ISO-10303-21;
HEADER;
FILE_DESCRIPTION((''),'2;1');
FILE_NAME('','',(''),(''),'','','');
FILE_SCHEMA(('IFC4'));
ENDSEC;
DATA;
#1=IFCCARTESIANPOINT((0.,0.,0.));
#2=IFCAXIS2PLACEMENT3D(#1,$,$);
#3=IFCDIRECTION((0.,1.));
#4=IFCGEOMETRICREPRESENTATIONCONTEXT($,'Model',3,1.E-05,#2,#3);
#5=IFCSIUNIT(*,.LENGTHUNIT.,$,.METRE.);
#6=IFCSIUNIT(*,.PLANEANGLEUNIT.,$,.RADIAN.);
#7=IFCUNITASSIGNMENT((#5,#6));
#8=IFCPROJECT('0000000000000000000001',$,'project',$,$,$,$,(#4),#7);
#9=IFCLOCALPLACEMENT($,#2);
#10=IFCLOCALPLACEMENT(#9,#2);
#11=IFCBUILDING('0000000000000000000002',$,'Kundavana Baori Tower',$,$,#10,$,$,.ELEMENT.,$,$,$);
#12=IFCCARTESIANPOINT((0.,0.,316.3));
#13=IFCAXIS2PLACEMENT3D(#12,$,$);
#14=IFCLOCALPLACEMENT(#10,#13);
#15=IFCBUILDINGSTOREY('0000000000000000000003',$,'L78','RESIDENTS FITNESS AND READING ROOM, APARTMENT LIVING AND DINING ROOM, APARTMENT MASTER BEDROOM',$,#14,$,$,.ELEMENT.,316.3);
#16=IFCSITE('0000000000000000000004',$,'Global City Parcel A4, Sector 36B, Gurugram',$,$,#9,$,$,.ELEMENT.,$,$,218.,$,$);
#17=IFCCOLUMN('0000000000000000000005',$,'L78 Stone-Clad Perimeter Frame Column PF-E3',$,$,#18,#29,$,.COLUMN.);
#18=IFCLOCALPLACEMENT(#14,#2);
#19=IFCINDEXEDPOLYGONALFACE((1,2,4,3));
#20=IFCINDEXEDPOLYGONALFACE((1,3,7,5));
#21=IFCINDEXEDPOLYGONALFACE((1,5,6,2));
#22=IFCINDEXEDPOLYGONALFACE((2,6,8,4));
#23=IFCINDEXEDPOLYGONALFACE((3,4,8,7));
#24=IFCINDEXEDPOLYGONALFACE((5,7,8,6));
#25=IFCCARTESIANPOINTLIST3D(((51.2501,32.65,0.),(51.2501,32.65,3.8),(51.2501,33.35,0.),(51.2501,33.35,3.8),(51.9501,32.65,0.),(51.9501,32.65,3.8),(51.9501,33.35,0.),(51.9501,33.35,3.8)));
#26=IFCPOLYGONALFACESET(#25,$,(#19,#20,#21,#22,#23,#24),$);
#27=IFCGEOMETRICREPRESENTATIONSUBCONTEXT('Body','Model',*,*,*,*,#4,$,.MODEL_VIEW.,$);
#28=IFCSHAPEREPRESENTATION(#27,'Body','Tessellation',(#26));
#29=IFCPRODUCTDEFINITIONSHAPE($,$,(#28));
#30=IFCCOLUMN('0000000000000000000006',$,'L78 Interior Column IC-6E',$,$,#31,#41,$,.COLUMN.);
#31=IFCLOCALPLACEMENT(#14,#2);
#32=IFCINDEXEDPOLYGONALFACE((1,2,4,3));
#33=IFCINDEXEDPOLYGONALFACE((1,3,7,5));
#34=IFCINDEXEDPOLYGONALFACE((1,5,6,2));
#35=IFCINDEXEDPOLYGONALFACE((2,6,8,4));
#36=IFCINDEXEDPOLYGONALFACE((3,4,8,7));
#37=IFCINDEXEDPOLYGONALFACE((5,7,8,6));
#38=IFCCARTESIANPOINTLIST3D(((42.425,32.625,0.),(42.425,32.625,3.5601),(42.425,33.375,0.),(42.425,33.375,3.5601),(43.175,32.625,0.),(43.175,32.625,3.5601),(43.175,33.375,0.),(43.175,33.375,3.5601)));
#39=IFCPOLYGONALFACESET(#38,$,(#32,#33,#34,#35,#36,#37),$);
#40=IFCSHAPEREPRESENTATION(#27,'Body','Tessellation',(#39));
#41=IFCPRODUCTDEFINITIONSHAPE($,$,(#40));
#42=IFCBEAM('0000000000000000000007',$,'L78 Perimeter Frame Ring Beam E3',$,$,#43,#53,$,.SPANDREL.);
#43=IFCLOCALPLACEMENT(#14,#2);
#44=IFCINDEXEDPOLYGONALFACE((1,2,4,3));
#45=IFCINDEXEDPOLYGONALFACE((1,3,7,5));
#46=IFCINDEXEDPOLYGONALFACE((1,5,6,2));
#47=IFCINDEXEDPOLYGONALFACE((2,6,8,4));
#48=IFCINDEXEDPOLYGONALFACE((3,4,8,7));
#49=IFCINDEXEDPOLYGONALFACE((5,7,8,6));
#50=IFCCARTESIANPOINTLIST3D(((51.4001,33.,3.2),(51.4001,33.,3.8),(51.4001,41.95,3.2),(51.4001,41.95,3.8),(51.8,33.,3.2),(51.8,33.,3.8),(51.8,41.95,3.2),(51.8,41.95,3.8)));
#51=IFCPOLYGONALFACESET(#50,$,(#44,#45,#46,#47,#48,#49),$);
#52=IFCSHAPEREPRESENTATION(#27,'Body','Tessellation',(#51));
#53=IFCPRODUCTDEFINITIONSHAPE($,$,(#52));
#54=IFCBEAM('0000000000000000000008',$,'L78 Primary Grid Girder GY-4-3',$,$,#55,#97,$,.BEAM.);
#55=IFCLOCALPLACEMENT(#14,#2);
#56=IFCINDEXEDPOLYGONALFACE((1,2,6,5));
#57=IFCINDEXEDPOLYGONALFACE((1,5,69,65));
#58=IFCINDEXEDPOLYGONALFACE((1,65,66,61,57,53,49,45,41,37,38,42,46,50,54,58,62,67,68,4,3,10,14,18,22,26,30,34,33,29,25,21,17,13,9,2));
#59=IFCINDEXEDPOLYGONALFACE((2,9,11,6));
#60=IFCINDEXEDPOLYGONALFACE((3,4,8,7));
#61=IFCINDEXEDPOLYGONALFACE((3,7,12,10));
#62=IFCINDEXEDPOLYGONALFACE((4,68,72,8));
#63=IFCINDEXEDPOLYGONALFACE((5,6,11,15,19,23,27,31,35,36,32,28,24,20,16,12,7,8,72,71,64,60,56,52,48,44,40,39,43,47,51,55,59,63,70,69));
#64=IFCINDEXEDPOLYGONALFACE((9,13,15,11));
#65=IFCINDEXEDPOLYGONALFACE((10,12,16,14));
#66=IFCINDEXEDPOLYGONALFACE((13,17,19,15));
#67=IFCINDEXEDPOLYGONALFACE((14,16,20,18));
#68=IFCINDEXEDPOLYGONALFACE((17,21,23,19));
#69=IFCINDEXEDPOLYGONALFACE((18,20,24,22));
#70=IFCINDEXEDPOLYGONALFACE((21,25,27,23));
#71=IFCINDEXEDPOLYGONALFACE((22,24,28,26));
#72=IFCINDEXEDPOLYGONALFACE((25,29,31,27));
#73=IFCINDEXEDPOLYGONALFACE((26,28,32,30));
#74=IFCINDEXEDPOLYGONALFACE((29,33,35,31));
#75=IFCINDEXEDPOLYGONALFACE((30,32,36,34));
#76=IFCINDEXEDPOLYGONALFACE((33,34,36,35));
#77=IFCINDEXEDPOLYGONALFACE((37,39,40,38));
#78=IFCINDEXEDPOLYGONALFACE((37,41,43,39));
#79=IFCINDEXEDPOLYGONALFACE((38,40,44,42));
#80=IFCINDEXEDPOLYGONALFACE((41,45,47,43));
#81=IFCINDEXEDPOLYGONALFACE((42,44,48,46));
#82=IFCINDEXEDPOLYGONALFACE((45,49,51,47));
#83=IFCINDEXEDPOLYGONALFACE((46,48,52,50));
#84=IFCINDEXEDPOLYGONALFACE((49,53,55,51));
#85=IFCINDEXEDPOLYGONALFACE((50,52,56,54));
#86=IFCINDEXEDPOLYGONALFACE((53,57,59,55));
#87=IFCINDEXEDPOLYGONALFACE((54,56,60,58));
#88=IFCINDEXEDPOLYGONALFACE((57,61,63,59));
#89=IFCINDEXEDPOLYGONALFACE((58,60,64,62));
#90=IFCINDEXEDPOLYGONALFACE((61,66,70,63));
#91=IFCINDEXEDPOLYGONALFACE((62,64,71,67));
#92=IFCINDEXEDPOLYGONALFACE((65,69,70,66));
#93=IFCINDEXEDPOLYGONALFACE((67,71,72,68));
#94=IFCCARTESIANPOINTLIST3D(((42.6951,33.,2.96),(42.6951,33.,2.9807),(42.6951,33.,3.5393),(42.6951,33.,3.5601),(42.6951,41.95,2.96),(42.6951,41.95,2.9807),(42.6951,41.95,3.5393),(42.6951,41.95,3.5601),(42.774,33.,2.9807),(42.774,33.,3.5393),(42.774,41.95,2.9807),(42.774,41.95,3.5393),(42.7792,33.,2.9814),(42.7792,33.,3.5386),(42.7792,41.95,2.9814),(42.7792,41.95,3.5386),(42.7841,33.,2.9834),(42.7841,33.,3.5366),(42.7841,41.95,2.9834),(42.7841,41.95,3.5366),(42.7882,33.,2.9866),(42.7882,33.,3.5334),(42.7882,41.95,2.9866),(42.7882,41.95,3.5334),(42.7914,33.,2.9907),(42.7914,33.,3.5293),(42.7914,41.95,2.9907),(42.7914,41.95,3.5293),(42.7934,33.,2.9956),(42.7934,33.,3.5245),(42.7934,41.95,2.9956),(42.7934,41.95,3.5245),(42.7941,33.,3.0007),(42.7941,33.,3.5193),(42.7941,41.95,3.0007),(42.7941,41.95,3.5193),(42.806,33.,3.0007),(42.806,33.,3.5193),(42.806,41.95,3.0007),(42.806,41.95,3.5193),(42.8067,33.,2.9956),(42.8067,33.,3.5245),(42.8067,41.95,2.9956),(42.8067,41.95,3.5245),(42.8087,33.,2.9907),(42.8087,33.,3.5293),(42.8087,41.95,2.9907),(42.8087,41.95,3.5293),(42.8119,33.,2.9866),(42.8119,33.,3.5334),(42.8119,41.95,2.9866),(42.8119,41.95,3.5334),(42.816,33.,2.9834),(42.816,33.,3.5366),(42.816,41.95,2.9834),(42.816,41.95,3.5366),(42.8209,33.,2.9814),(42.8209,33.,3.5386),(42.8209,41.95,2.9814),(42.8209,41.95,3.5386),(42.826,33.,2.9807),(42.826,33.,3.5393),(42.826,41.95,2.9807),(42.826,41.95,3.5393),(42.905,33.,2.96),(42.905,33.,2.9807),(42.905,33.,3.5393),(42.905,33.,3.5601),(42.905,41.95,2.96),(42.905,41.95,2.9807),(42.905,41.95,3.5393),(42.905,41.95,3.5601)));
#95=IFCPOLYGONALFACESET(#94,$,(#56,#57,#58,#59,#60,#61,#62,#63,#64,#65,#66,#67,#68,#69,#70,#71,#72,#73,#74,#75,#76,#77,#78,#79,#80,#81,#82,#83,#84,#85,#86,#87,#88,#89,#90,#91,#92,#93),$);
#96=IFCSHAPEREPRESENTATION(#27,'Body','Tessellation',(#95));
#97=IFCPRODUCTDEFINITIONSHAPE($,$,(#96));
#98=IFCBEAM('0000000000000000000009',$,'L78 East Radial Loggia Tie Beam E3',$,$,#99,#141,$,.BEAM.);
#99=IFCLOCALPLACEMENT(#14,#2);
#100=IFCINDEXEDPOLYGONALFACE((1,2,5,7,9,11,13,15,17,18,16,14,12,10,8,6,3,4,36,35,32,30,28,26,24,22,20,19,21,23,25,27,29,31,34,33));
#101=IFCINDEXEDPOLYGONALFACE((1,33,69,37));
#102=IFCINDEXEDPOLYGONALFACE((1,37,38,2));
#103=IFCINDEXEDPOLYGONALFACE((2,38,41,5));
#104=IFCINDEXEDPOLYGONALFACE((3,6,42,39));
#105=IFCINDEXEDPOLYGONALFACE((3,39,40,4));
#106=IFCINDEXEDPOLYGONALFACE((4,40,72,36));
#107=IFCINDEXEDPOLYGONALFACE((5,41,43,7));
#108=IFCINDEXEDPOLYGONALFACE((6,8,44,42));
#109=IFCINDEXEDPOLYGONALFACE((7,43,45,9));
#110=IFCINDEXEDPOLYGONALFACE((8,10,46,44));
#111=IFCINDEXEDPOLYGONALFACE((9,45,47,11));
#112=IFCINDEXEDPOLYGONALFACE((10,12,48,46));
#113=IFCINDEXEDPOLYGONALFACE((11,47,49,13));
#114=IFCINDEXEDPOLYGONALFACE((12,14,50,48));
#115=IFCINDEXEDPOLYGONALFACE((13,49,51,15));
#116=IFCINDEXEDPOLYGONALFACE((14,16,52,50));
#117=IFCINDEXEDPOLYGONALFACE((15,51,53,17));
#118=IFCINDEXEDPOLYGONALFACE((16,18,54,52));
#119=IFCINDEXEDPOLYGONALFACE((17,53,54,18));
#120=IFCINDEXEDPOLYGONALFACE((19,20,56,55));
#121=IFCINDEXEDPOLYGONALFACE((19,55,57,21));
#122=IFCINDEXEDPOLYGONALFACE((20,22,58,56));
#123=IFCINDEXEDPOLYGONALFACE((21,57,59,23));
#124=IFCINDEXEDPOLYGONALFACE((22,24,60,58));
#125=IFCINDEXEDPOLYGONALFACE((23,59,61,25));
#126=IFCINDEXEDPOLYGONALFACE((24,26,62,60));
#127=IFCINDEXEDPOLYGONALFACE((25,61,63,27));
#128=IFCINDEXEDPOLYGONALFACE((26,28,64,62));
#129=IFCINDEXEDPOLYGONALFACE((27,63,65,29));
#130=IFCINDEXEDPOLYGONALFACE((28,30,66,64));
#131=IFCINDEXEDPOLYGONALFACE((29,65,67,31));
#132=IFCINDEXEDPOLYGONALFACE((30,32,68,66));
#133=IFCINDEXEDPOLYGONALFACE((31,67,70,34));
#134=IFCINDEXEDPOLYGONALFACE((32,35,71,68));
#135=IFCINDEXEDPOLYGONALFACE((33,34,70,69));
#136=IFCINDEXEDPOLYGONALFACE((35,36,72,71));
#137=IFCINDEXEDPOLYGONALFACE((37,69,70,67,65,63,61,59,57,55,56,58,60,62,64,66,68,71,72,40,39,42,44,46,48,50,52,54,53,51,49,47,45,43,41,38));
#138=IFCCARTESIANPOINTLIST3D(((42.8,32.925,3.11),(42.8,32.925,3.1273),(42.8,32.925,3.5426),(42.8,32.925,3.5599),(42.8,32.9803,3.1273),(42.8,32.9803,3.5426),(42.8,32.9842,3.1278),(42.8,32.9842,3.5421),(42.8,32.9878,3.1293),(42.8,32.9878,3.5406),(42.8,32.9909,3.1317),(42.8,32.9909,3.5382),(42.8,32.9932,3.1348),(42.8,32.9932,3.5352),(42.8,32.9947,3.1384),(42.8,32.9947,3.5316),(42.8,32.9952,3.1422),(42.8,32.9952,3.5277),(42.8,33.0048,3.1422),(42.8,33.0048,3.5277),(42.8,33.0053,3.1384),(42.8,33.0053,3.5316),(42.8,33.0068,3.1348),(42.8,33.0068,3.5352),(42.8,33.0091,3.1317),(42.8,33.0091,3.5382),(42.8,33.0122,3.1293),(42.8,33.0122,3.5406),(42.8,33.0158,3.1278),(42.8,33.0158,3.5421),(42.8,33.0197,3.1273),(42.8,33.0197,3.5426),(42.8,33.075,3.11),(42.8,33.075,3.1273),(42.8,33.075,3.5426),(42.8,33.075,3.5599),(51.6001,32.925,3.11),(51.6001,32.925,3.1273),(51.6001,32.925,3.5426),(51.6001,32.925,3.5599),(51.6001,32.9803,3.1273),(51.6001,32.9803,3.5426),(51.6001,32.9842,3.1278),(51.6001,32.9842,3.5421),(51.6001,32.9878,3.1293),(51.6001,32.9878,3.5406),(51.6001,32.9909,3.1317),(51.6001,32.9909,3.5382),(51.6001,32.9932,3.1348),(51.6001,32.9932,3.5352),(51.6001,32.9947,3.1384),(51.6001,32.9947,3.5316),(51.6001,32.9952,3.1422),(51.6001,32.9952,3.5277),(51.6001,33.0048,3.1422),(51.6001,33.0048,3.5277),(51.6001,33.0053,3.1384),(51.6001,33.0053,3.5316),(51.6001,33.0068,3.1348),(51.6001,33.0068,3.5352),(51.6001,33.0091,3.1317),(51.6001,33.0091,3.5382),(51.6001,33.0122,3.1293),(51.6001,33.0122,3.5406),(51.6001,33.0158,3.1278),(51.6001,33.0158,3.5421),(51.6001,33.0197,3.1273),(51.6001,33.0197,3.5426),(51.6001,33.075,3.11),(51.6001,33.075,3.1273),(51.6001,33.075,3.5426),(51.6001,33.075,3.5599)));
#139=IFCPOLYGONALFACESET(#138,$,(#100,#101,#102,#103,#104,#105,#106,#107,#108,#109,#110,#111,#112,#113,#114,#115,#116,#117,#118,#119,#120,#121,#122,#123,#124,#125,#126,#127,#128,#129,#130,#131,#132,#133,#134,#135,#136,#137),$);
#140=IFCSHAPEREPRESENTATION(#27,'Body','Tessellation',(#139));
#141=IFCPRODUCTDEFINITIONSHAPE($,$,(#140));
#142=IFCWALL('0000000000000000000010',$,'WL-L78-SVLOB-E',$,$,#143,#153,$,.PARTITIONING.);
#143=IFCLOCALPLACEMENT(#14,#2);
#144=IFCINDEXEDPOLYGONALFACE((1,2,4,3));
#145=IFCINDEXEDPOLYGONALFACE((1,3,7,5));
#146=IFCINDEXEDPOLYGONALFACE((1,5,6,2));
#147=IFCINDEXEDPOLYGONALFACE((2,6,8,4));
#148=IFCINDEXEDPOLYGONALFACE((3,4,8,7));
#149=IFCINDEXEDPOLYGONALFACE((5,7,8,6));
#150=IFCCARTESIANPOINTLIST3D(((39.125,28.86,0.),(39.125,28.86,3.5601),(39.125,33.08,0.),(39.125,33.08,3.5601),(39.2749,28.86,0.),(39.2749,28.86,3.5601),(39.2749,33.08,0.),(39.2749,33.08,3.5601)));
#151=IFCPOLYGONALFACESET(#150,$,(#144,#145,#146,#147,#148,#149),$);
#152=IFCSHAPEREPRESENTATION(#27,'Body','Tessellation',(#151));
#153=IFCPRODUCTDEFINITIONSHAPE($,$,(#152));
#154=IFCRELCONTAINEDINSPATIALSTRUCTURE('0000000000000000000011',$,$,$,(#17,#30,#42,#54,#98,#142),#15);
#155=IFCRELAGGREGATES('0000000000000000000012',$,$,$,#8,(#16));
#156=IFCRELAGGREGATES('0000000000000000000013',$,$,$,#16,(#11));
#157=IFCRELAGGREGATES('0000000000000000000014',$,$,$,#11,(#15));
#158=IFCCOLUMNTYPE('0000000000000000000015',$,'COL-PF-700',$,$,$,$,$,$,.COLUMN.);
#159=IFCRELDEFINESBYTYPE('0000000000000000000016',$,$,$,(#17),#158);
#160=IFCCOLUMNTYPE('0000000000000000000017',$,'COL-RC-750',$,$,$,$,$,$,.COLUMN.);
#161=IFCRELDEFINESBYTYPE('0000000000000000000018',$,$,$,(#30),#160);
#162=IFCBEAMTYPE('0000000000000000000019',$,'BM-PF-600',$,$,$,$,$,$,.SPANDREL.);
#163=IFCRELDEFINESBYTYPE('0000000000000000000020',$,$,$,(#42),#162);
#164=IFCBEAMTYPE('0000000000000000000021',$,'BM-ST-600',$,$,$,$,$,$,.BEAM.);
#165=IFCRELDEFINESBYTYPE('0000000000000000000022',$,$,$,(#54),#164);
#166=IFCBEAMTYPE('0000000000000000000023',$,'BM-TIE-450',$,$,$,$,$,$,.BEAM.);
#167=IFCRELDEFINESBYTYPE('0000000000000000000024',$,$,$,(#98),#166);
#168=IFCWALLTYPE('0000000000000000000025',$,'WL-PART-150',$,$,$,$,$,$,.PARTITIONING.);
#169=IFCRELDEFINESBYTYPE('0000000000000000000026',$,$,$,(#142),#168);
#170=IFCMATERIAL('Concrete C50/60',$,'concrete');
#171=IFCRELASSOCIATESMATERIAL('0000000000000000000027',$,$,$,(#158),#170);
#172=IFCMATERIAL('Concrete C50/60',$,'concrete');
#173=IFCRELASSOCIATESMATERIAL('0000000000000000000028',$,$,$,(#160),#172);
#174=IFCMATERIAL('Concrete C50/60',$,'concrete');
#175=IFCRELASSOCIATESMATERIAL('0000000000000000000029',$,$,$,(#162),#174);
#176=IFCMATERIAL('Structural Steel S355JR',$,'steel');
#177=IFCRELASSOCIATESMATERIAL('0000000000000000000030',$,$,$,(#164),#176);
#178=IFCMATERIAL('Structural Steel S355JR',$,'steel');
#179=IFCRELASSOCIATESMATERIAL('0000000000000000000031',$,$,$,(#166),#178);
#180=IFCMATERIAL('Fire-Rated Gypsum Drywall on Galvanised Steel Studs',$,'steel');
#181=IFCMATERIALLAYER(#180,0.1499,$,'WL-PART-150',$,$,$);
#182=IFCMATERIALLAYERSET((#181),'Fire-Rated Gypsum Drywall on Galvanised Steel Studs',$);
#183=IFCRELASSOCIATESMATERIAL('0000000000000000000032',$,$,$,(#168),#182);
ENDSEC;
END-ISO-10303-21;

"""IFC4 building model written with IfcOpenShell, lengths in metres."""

from ifc_helpers import new_model, si_unit, direction, frame, frame_2d, origin, origin_2d, place, context, subcontext, project, spatial, rectangle, i_section, extrude, material, layer, layer_set, material_profile, profile_set, type_object, element, save


model = new_model("IFC4")

# Units and contexts
model_context = context("Model", 3, precision=1e-05, world=origin(), true_north=direction((0.0, 1.0)))
body_context = subcontext(model_context, "Body", "Model", "MODEL_VIEW")
ifc_project = project(units=[si_unit("LENGTHUNIT", "METRE"), si_unit("PLANEANGLEUNIT", "RADIAN")], contexts=[model_context])

# Site, building, storey
site_placement = place(None, origin())
site = spatial("IfcSite", under=ifc_project, at=site_placement, Name="Global City Parcel A4, Sector 36B, Gurugram", CompositionType="ELEMENT", RefElevation=218.0)
building_placement = place(site_placement, origin())
building = spatial("IfcBuilding", under=site, at=building_placement, Name="Kundavana Baori Tower", CompositionType="ELEMENT")
storey_placement = place(building_placement, frame((0.0, 0.0, 316.3)))
storey = spatial("IfcBuildingStorey", under=building, at=storey_placement, Name="L78", Description="RESIDENTS FITNESS AND READING ROOM, APARTMENT LIVING AND DINING ROOM, APARTMENT MASTER BEDROOM", CompositionType="ELEMENT", Elevation=316.3)

# Columns
ifc_material_1 = material(Name="Concrete C50/60", Category="concrete")
ifc_material_profile_1 = material_profile(ifc_material_1, rectangle(XDim=0.7, YDim=0.7, at=origin_2d()), Name="RC PF 700x700")
ifc_profile_set_1 = profile_set([ifc_material_profile_1], Name="Concrete C50/60")
column_type_1 = type_object("IfcColumnType", Name="COL-PF-700", PredefinedType="COLUMN", material=ifc_profile_set_1)
column_1_placement = place(storey_placement, frame((51.6001, 33.0, 0.0), z_axis=(0.0, 0.0, 1.0), x_axis=(1.0, 0.0, 0.0)))
element("IfcColumn", 1, at=column_1_placement, inside=storey, type_object=column_type_1, Name="L78 Stone-Clad Perimeter Frame Column PF-E3", PredefinedType="COLUMN", context=body_context, shape_type="SweptSolid", body=[
    extrude(rectangle(XDim=0.7, YDim=0.7, at=origin_2d()), origin(), (0.0, 0.0, 1.0), 3.8),
])
ifc_material_2 = material(Name="Concrete C50/60", Category="concrete")
ifc_material_profile_2 = material_profile(ifc_material_2, rectangle(XDim=0.75, YDim=0.75, at=origin_2d()), Name="RC 750x750")
ifc_profile_set_2 = profile_set([ifc_material_profile_2], Name="Concrete C50/60")
column_type_2 = type_object("IfcColumnType", Name="COL-RC-750", PredefinedType="COLUMN", material=ifc_profile_set_2)
column_2_placement = place(storey_placement, frame((42.8, 33.0, 0.0), z_axis=(0.0, 0.0, 1.0), x_axis=(1.0, 0.0, 0.0)))
element("IfcColumn", 2, at=column_2_placement, inside=storey, type_object=column_type_2, Name="L78 Interior Column IC-6E", PredefinedType="COLUMN", context=body_context, shape_type="SweptSolid", body=[
    extrude(rectangle(XDim=0.75, YDim=0.75, at=origin_2d()), origin(), (0.0, 0.0, 1.0), 3.5601),
])

# Beams
ifc_material_3 = material(Name="Concrete C50/60", Category="concrete")
ifc_material_profile_3 = material_profile(ifc_material_3, rectangle(XDim=0.3999, YDim=0.6001, at=origin_2d()), Name="RC BM 400x600")
ifc_profile_set_3 = profile_set([ifc_material_profile_3], Name="Concrete C50/60")
beam_type_1 = type_object("IfcBeamType", Name="BM-PF-600", PredefinedType="SPANDREL", material=ifc_profile_set_3)
beam_1_placement = place(storey_placement, frame((51.6001, 33.0, 3.5), z_axis=(0.0, 1.0, 0.0), x_axis=(-1.0, 0.0, 0.0)))
element("IfcBeam", 3, at=beam_1_placement, inside=storey, type_object=beam_type_1, Name="L78 Perimeter Frame Ring Beam E3", PredefinedType="SPANDREL", context=body_context, shape_type="SweptSolid", body=[
    extrude(rectangle(XDim=0.3999, YDim=0.6001, at=origin_2d()), origin(), (0.0, 0.0, 1.0), 8.95),
])
ifc_material_4 = material(Name="Structural Steel S355JR", Category="steel")
ifc_material_profile_4 = material_profile(ifc_material_4, i_section(OverallWidth=0.21, OverallDepth=0.6001, WebThickness=0.012, FlangeThickness=0.0208, FilletRadius=0.02, at=origin_2d()), Name="ISMB 600")
ifc_profile_set_4 = profile_set([ifc_material_profile_4], Name="Structural Steel S355JR")
beam_type_2 = type_object("IfcBeamType", Name="BM-ST-600", PredefinedType="BEAM", material=ifc_profile_set_4)
beam_2_placement = place(storey_placement, frame((42.8, 33.0, 3.26), z_axis=(0.0, 1.0, 0.0), x_axis=(-1.0, 0.0, 0.0)))
element("IfcBeam", 4, at=beam_2_placement, inside=storey, type_object=beam_type_2, Name="L78 Primary Grid Girder GY-4-3", PredefinedType="BEAM", context=body_context, shape_type="SweptSolid", body=[
    extrude(i_section(OverallWidth=0.21, OverallDepth=0.6001, WebThickness=0.012, FlangeThickness=0.0208, FilletRadius=0.02, at=origin_2d()), origin(), (0.0, 0.0, 1.0), 8.95),
])
ifc_material_5 = material(Name="Structural Steel S355JR", Category="steel")
ifc_material_profile_5 = material_profile(ifc_material_5, i_section(OverallWidth=0.1499, OverallDepth=0.45, WebThickness=0.0095, FlangeThickness=0.0173, FilletRadius=0.0149, at=origin_2d()), Name="ISMB 450")
ifc_profile_set_5 = profile_set([ifc_material_profile_5], Name="Structural Steel S355JR")
beam_type_3 = type_object("IfcBeamType", Name="BM-TIE-450", PredefinedType="BEAM", material=ifc_profile_set_5)
beam_3_placement = place(storey_placement, frame((42.8, 33.0, 3.335), z_axis=(1.0, 0.0, 0.0), x_axis=(0.0, 1.0, 0.0)))
element("IfcBeam", 5, at=beam_3_placement, inside=storey, type_object=beam_type_3, Name="L78 East Radial Loggia Tie Beam E3", PredefinedType="BEAM", context=body_context, shape_type="SweptSolid", body=[
    extrude(i_section(OverallWidth=0.1499, OverallDepth=0.45, WebThickness=0.0095, FlangeThickness=0.0173, FilletRadius=0.0149, at=origin_2d()), origin(), (0.0, 0.0, 1.0), 8.8),
])

# Wall
ifc_material_6 = material(Name="Fire-Rated Gypsum Drywall on Galvanised Steel Studs", Category="steel")
ifc_layer_1 = layer(ifc_material_6, 0.1499, Name="WL-PART-150")
ifc_layer_set_1 = layer_set([ifc_layer_1], Name="Fire-Rated Gypsum Drywall on Galvanised Steel Studs")
wall_type_1 = type_object("IfcWallType", Name="WL-PART-150", PredefinedType="PARTITIONING", material=ifc_layer_set_1)
wall_1_placement = place(storey_placement, frame((39.2, 28.8601, 0.0), z_axis=(0.0, 0.0, 1.0), x_axis=(0.0, 1.0, 0.0)))
element("IfcWall", 6, at=wall_1_placement, inside=storey, type_object=wall_type_1, Name="WL-L78-SVLOB-E", PredefinedType="PARTITIONING", context=body_context, shape_type="SweptSolid", body=[
    extrude(rectangle(XDim=4.22, YDim=0.1499, at=frame_2d((2.1099, 0.0))), origin(), (0.0, 0.0, 1.0), 3.5601),
])

save(model, "model.ifc")
